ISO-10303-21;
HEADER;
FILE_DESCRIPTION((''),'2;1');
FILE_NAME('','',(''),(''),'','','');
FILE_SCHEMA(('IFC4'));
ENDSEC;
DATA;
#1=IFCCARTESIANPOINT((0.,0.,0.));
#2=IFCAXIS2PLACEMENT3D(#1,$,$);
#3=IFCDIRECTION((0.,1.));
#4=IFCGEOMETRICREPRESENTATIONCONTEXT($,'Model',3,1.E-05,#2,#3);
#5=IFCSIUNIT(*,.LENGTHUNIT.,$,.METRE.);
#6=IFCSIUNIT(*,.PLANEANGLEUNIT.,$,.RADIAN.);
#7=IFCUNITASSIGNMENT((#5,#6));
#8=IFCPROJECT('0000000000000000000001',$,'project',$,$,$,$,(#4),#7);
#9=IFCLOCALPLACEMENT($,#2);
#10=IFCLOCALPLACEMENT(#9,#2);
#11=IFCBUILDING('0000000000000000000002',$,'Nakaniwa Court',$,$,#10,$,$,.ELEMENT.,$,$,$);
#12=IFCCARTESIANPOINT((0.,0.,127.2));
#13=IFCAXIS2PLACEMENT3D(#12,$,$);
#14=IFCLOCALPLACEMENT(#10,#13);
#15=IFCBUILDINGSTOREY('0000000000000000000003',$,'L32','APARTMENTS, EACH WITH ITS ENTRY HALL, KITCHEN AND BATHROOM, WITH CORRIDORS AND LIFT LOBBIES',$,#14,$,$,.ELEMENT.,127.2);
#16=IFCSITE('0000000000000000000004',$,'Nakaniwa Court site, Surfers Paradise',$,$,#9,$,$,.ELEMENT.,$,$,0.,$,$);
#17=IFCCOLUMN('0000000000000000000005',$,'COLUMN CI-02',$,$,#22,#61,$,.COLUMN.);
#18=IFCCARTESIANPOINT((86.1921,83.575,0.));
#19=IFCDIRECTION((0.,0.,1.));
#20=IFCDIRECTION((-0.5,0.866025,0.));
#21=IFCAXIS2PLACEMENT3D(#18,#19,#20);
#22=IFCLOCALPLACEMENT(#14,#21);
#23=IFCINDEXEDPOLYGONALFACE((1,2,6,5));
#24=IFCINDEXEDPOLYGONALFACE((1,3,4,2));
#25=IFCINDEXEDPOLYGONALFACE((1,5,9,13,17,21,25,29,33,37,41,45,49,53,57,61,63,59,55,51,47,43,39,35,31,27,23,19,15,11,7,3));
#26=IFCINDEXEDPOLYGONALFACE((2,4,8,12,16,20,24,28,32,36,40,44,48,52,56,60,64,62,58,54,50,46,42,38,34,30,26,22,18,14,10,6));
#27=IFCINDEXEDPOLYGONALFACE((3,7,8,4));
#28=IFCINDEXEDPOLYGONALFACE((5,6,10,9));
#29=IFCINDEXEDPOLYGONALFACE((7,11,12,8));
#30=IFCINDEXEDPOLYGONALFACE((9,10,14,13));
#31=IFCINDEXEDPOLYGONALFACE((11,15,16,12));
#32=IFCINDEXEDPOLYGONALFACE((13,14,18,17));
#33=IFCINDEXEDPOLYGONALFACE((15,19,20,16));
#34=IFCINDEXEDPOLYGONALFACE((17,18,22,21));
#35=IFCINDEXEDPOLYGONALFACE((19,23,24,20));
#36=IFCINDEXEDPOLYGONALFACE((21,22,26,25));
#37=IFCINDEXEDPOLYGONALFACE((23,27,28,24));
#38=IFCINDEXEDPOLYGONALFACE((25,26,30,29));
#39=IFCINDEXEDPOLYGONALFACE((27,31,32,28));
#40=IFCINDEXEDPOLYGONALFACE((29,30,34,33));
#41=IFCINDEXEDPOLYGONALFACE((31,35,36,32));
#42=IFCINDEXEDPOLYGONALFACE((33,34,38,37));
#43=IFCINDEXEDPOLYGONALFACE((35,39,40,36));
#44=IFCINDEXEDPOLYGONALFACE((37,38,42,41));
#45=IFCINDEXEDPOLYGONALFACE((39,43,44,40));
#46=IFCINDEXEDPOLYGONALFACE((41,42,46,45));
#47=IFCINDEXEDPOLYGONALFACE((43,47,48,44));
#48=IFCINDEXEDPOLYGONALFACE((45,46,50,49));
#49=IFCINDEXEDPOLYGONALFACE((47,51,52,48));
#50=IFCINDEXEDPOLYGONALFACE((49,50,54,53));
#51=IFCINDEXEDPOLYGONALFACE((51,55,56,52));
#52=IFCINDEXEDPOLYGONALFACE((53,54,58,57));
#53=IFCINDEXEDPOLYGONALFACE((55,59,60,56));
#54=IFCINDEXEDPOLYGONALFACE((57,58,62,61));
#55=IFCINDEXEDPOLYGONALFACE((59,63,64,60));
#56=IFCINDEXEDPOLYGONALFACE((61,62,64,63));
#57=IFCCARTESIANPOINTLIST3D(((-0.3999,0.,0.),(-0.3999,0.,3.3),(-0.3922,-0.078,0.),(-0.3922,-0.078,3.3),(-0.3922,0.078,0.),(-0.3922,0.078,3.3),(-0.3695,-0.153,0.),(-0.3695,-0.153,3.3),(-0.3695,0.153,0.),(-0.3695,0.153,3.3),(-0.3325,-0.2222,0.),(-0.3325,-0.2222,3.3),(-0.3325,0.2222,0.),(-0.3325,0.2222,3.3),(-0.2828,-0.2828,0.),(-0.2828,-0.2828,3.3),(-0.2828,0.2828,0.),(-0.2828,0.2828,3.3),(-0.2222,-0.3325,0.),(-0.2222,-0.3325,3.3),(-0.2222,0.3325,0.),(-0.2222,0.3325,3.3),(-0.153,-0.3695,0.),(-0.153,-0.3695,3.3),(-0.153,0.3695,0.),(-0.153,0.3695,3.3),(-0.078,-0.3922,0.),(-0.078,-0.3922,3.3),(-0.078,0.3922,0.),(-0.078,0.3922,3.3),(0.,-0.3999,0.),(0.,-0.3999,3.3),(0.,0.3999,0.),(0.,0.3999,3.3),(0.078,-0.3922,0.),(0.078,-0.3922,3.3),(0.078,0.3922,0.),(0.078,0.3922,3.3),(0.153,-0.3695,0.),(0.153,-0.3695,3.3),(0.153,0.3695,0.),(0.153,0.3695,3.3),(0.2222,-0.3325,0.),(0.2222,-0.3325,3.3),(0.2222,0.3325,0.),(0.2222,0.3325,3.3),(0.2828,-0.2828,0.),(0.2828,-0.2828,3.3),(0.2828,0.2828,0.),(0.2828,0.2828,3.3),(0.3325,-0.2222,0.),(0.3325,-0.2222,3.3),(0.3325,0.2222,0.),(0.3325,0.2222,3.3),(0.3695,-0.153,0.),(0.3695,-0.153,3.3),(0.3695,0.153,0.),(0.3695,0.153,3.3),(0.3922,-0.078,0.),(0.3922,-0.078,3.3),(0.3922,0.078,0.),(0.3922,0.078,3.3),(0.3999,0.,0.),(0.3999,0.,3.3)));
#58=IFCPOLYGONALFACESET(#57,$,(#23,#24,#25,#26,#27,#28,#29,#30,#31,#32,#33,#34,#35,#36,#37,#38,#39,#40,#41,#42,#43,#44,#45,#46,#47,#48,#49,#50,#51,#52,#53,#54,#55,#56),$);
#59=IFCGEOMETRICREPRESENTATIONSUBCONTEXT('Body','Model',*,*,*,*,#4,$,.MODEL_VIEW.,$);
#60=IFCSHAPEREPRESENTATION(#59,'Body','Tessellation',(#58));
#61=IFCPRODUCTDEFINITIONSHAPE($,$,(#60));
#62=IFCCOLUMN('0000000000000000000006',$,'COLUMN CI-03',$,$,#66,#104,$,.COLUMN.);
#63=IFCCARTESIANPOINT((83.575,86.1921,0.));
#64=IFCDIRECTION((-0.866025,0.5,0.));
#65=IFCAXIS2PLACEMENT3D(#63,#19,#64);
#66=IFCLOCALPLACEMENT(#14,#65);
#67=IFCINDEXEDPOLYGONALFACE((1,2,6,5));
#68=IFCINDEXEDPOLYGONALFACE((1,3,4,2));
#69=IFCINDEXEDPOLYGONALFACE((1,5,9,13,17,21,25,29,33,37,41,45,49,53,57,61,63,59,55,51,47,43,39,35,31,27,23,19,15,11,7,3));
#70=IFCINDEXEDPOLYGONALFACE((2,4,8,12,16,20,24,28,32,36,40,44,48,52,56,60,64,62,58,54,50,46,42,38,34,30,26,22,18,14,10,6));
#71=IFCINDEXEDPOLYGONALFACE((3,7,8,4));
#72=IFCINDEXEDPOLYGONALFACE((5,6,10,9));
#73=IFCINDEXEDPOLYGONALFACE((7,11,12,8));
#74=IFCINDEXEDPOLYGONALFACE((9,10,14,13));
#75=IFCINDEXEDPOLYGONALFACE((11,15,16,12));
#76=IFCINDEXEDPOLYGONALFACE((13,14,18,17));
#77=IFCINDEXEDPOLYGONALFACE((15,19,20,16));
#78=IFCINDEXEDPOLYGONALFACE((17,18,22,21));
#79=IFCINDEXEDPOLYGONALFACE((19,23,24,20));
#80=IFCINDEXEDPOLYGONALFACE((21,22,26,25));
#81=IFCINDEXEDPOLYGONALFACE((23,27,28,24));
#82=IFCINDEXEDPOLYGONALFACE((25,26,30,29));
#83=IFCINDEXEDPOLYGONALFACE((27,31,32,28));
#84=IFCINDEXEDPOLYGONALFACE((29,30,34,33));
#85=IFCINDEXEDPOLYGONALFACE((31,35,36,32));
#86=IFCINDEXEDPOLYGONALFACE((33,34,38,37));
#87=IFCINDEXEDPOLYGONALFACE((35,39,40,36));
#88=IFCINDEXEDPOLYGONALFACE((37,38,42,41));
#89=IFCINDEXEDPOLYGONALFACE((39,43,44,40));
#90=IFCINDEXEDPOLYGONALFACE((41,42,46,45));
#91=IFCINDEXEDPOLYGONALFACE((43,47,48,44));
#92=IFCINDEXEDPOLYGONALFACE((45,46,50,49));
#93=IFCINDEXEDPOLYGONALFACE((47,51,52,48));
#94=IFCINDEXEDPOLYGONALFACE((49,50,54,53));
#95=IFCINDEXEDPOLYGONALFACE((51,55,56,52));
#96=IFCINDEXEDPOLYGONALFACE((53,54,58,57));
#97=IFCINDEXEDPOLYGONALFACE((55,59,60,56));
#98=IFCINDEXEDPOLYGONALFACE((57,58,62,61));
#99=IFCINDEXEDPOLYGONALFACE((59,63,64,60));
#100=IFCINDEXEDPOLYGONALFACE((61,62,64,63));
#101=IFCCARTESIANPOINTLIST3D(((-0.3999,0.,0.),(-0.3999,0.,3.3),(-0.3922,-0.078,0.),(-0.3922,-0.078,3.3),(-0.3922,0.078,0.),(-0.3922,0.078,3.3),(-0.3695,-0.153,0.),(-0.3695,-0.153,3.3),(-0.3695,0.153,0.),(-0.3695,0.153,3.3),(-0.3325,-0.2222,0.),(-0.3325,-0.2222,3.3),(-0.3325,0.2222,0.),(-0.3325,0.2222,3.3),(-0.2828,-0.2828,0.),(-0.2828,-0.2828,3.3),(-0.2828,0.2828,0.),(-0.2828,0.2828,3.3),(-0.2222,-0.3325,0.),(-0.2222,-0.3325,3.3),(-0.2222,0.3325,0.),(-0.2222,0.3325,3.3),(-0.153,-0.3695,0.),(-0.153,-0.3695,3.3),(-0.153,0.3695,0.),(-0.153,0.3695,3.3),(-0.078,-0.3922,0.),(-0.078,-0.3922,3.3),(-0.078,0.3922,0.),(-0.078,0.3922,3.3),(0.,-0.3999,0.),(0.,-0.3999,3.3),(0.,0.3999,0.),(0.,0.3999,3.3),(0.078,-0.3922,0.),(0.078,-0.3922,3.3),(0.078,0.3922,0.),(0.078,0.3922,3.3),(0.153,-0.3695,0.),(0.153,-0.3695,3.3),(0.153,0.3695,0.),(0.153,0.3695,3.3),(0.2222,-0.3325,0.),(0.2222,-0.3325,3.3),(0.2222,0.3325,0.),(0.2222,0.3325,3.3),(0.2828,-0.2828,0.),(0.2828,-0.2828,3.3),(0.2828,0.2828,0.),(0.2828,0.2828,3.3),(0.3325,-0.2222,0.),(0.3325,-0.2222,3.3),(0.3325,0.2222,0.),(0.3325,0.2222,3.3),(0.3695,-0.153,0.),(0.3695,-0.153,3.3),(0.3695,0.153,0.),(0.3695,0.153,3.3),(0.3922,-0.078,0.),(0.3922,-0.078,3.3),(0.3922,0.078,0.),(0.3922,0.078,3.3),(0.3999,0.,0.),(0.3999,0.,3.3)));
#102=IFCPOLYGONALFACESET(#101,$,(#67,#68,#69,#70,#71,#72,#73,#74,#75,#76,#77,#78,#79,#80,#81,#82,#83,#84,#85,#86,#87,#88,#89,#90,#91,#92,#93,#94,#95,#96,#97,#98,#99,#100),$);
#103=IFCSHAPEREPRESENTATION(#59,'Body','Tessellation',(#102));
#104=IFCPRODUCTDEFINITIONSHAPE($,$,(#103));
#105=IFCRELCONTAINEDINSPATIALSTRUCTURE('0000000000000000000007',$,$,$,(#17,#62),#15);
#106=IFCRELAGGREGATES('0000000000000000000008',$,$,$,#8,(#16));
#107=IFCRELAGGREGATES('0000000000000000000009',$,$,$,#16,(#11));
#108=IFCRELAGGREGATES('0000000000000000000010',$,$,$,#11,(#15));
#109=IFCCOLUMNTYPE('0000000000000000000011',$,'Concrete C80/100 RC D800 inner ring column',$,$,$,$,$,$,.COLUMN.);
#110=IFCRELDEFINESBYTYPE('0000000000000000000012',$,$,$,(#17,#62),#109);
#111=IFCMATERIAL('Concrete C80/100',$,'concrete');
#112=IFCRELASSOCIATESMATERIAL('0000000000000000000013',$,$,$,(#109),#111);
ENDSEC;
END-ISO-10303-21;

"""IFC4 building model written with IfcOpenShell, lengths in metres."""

from ifc_helpers import new_model, si_unit, direction, frame, origin, origin_2d, place, context, subcontext, project, spatial, circle, extrude, material, material_profile, profile_set, type_object, element, save


model = new_model("IFC4")

# Units and contexts
model_context = context("Model", 3, precision=1e-05, world=origin(), true_north=direction((0.0, 1.0)))
body_context = subcontext(model_context, "Body", "Model", "MODEL_VIEW")
ifc_project = project(units=[si_unit("LENGTHUNIT", "METRE"), si_unit("PLANEANGLEUNIT", "RADIAN")], contexts=[model_context])

# Site, building, storey
site_placement = place(None, origin())
site = spatial("IfcSite", under=ifc_project, at=site_placement, Name="Nakaniwa Court site, Surfers Paradise", CompositionType="ELEMENT", RefElevation=0.0)
building_placement = place(site_placement, origin())
building = spatial("IfcBuilding", under=site, at=building_placement, Name="Nakaniwa Court", CompositionType="ELEMENT")
storey_placement = place(building_placement, frame((0.0, 0.0, 127.2)))
storey = spatial("IfcBuildingStorey", under=building, at=storey_placement, Name="L32", Description="APARTMENTS, EACH WITH ITS ENTRY HALL, KITCHEN AND BATHROOM, WITH CORRIDORS AND LIFT LOBBIES", CompositionType="ELEMENT", Elevation=127.2)

# Columns
ifc_material_1 = material(Name="Concrete C80/100", Category="concrete")
ifc_material_profile_1 = material_profile(ifc_material_1, circle(Radius=0.3999, at=origin_2d()), Name="Concrete C80/100 RC D800 inner ring column")
ifc_profile_set_1 = profile_set([ifc_material_profile_1], Name="Concrete C80/100")
column_type_1 = type_object("IfcColumnType", Name="Concrete C80/100 RC D800 inner ring column", PredefinedType="COLUMN", material=ifc_profile_set_1)
for number, where, z_axis, x_axis, name in (
    (1, (86.1921, 83.575, 0.0), (0.0, 0.0, 1.0), (-0.5, 0.866025, 0.0), "COLUMN CI-02"),
    (2, (83.575, 86.1921, 0.0), (0.0, 0.0, 1.0), (-0.866025, 0.5, 0.0), "COLUMN CI-03"),
):
    element("IfcColumn", number, at=place(storey_placement, frame(where, z_axis=z_axis, x_axis=x_axis)), inside=storey, type_object=column_type_1, Name=name, PredefinedType="COLUMN", context=body_context, shape_type="SweptSolid", body=[
        extrude(circle(Radius=0.3999, at=origin_2d()), origin(), (0.0, 0.0, 1.0), 3.3),
    ])

save(model, "model.ifc")
